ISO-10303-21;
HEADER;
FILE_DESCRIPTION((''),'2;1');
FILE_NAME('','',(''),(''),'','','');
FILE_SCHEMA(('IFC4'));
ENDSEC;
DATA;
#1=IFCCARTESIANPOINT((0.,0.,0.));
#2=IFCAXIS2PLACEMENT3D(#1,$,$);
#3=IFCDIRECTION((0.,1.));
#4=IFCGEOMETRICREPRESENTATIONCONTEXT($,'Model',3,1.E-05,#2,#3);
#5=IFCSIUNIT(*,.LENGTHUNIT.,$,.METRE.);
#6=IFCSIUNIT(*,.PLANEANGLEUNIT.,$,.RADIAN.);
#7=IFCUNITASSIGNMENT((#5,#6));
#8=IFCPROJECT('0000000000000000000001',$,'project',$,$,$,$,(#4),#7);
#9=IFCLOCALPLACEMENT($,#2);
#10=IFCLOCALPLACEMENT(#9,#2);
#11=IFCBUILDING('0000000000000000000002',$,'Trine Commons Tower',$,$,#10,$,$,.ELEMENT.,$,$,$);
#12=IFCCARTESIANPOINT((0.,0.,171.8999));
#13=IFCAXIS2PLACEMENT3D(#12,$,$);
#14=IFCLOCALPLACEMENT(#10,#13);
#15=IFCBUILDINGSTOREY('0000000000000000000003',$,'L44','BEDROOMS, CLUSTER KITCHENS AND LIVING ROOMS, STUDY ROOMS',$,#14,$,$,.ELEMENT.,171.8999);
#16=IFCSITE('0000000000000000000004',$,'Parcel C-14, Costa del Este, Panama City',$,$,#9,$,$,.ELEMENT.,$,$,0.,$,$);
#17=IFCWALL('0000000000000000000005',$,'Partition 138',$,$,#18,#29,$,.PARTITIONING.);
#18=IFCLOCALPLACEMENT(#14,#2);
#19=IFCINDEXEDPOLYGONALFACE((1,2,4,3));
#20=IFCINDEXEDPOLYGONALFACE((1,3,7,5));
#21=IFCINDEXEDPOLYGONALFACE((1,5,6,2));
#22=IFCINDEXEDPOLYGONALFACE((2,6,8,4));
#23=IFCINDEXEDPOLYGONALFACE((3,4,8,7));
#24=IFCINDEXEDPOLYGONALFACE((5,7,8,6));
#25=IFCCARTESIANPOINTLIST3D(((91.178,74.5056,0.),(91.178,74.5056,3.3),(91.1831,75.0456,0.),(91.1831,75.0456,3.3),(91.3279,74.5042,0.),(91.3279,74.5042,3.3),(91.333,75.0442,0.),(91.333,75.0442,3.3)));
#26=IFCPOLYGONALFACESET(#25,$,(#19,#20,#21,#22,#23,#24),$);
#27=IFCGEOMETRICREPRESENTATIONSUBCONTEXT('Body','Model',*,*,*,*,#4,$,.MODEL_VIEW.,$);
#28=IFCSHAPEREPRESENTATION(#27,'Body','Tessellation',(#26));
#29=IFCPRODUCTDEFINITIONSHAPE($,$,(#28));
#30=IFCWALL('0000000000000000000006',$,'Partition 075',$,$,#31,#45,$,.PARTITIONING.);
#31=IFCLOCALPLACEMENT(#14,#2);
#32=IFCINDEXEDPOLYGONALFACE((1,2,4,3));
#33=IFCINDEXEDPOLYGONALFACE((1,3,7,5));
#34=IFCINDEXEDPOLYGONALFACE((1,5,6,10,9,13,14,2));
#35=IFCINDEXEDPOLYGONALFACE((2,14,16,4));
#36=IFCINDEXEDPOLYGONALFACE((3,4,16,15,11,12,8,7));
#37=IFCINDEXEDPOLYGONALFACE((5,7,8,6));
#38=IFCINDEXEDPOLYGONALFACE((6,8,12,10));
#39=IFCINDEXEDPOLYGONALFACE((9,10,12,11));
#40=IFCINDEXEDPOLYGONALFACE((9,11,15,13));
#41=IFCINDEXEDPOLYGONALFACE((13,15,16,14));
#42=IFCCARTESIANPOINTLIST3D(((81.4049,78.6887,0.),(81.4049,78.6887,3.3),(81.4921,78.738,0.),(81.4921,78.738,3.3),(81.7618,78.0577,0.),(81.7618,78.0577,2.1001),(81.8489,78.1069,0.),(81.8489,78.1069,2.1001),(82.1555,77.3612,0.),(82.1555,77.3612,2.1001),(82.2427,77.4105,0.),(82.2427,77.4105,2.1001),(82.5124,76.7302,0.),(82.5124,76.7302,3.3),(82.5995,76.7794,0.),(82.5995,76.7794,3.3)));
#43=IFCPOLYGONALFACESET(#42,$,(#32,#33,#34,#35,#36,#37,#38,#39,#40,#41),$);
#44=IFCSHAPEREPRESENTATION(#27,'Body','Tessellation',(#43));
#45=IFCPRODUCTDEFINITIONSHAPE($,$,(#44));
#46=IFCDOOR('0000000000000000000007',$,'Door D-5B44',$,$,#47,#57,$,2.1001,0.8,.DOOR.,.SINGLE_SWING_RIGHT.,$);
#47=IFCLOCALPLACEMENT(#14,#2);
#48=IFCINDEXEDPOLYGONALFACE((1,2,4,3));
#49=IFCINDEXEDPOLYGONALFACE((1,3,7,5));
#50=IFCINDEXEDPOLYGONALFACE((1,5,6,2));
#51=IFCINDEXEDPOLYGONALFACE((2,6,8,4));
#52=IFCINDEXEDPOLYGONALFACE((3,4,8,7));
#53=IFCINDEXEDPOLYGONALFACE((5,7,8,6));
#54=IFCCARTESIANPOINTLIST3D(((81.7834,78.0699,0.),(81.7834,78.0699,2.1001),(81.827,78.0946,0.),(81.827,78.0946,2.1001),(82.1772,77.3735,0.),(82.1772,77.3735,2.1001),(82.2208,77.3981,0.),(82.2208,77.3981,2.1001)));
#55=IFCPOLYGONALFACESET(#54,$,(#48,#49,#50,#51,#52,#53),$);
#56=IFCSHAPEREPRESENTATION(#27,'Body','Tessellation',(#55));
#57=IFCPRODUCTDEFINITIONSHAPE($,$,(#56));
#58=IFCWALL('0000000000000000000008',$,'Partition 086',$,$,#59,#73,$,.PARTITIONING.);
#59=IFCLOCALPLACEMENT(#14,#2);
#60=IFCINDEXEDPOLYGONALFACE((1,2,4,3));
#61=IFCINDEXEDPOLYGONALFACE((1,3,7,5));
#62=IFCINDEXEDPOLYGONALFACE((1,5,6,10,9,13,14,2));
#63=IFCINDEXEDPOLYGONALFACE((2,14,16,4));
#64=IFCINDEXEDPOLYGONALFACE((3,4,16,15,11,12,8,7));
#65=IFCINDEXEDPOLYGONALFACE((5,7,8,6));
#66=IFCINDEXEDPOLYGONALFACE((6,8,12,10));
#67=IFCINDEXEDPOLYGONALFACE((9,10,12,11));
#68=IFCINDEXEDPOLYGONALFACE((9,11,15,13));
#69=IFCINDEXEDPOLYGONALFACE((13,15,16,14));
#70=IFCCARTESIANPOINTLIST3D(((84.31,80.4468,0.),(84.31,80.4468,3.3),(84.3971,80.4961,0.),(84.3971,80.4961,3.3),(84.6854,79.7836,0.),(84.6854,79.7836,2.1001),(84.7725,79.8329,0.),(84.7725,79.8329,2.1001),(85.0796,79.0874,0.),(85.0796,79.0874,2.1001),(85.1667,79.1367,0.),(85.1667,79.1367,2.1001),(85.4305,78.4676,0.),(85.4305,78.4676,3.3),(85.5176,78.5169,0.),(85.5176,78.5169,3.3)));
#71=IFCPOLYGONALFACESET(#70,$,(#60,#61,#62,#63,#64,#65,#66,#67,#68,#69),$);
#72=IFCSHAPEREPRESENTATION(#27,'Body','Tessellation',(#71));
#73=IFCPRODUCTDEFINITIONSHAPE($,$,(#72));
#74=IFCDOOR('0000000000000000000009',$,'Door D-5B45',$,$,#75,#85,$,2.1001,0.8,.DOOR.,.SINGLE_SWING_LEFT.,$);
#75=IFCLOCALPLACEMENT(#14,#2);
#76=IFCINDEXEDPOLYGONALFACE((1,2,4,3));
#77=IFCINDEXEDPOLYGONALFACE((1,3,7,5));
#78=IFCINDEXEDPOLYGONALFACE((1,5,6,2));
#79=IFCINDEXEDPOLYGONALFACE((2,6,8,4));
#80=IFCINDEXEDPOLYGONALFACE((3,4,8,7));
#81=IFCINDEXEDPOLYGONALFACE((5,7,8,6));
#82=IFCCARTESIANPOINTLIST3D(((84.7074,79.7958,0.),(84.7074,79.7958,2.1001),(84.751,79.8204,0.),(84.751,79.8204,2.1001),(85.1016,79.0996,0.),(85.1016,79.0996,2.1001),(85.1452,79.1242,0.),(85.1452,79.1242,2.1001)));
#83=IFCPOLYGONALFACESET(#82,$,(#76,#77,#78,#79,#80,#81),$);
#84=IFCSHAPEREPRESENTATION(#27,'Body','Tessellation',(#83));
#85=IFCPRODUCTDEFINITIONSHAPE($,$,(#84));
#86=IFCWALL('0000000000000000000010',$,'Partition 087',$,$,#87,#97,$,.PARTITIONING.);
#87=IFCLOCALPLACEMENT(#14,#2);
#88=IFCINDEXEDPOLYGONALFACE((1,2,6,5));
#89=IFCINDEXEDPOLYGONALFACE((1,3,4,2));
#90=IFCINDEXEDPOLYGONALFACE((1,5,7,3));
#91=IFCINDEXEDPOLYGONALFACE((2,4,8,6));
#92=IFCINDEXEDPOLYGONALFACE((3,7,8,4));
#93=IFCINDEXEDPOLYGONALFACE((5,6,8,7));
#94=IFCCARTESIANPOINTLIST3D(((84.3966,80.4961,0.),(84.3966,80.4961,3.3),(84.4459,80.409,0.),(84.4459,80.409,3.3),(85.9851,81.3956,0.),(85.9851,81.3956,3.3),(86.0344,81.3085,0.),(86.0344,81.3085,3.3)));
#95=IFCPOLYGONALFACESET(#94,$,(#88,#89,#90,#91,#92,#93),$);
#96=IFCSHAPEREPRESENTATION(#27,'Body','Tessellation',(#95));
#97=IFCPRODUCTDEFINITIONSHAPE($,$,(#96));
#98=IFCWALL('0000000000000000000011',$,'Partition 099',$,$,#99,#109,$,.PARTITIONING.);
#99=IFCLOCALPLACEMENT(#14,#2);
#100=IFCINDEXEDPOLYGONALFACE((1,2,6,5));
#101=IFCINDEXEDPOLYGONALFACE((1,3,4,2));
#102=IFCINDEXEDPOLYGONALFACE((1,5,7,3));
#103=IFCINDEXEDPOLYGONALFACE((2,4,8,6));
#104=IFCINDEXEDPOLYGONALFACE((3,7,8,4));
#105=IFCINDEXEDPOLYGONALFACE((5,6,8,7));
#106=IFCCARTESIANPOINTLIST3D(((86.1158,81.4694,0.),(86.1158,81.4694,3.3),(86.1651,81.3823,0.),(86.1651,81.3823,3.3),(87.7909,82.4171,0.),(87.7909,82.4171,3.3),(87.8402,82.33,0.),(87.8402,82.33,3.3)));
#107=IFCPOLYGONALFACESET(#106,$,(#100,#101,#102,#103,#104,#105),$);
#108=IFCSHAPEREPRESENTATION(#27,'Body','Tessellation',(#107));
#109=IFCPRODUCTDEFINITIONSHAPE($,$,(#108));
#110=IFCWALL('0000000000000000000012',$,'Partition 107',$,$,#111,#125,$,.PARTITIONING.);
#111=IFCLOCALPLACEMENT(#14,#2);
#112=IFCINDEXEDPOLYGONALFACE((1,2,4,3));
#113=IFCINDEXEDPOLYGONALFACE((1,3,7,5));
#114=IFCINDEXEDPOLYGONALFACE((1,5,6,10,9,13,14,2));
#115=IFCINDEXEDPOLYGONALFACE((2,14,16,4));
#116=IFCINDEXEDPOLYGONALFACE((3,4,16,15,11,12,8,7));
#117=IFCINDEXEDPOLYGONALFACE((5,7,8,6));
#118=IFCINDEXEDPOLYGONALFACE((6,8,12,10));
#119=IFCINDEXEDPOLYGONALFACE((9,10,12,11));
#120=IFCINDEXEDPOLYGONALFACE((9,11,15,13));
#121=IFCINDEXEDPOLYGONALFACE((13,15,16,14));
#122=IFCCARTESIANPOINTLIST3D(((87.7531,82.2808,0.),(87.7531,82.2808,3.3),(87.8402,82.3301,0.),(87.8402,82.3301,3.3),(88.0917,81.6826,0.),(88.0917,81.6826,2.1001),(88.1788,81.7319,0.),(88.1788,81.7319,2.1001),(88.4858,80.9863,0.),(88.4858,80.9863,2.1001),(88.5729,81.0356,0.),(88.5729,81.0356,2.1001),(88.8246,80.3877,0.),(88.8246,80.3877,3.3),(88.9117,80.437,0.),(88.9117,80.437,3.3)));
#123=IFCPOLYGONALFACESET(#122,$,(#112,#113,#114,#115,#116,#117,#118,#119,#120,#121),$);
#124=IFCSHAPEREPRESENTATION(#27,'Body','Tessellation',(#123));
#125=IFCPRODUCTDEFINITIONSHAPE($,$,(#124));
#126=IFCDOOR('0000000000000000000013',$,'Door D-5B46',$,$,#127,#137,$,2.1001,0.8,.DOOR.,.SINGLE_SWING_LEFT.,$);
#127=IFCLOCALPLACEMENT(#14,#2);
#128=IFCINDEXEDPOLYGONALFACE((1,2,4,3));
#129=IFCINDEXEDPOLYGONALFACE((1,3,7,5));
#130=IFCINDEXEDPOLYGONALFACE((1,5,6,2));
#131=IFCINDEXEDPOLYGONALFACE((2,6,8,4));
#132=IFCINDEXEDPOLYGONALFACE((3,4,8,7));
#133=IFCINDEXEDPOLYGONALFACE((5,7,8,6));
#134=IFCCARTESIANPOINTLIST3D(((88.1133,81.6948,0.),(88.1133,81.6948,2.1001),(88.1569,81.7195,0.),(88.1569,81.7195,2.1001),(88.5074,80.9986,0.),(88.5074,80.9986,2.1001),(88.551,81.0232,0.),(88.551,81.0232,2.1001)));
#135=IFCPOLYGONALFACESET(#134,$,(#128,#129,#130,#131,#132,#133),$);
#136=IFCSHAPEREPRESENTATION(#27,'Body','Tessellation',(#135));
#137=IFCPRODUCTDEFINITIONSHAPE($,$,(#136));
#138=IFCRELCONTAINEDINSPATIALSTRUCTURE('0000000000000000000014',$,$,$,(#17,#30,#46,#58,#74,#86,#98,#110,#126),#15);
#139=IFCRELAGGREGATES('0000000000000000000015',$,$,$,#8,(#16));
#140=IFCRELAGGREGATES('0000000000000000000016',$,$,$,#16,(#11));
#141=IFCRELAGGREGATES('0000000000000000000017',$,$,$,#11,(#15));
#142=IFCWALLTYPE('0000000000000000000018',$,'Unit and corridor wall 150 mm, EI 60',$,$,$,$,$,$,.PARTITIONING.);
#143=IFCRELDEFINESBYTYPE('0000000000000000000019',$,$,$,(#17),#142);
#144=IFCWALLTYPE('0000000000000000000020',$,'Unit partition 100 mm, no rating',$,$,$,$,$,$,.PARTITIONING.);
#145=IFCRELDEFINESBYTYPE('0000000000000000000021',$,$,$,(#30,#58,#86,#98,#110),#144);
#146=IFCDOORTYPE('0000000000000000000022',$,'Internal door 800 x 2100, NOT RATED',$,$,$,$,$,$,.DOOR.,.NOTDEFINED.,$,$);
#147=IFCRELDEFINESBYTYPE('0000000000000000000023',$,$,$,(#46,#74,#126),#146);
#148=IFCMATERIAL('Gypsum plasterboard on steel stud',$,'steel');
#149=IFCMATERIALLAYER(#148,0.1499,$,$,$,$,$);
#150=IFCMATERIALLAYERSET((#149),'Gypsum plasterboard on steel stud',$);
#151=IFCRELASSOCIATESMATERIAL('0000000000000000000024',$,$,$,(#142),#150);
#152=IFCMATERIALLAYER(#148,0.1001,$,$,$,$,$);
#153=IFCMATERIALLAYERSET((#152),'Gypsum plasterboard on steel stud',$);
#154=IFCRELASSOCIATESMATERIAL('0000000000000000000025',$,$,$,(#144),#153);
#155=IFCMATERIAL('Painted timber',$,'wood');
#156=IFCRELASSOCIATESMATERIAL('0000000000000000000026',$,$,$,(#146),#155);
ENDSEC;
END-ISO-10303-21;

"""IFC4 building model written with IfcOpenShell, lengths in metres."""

from ifc_helpers import new_model, si_unit, direction, frame, frame_2d, origin, place, context, subcontext, project, spatial, rectangle, extrude, material, layer, layer_set, type_object, element, fill, save


model = new_model("IFC4")

# Units and contexts
model_context = context("Model", 3, precision=1e-05, world=origin(), true_north=direction((0.0, 1.0)))
body_context = subcontext(model_context, "Body", "Model", "MODEL_VIEW")
ifc_project = project(units=[si_unit("LENGTHUNIT", "METRE"), si_unit("PLANEANGLEUNIT", "RADIAN")], contexts=[model_context])

# Site, building, storey
site_placement = place(None, origin())
site = spatial("IfcSite", under=ifc_project, at=site_placement, Name="Parcel C-14, Costa del Este, Panama City", CompositionType="ELEMENT", RefElevation=0.0)
building_placement = place(site_placement, origin())
building = spatial("IfcBuilding", under=site, at=building_placement, Name="Trine Commons Tower", CompositionType="ELEMENT")
storey_placement = place(building_placement, frame((0.0, 0.0, 171.8999)))
storey = spatial("IfcBuildingStorey", under=building, at=storey_placement, Name="L44", Description="BEDROOMS, CLUSTER KITCHENS AND LIVING ROOMS, STUDY ROOMS", CompositionType="ELEMENT", Elevation=171.8999)

# Shared definitions
ifc_material_1 = material(Name="Gypsum plasterboard on steel stud", Category="steel")
ifc_layer_1 = layer(ifc_material_1, 0.1499)
ifc_layer_set_1 = layer_set([ifc_layer_1], Name="Gypsum plasterboard on steel stud")
wall_type_1 = type_object("IfcWallType", Name="Unit and corridor wall 150 mm, EI 60", PredefinedType="PARTITIONING", material=ifc_layer_set_1)

# Wall
wall_1_placement = place(storey_placement, frame((91.2529, 74.5049, 0.0), z_axis=(0.0, 0.0, 1.0), x_axis=(0.009493, 0.999955, 0.0)))
element("IfcWall", 1, at=wall_1_placement, inside=storey, type_object=wall_type_1, Name="Partition 138", PredefinedType="PARTITIONING", context=body_context, shape_type="SweptSolid", body=[
    extrude(rectangle(XDim=0.54, YDim=0.1499, at=frame_2d((0.27, 0.0))), origin(), (0.0, 0.0, 1.0), 3.3),
])

# Walls, openings, doors
ifc_layer_2 = layer(ifc_material_1, 0.1001)
ifc_layer_set_2 = layer_set([ifc_layer_2], Name="Gypsum plasterboard on steel stud")
wall_type_2 = type_object("IfcWallType", Name="Unit partition 100 mm, no rating", PredefinedType="PARTITIONING", material=ifc_layer_set_2)
wall_2_placement = place(storey_placement, frame((81.4485, 78.7134, 0.0), z_axis=(0.0, 0.0, 1.0), x_axis=(0.492207, -0.870478, 0.0)))
wall_2 = element("IfcWall", 2, at=wall_2_placement, inside=storey, type_object=wall_type_2, Name="Partition 075", PredefinedType="PARTITIONING", context=body_context, shape_type="SweptSolid", body=[
    extrude(rectangle(XDim=2.25, YDim=0.1001, at=frame_2d((1.125, 0.0))), origin(), (0.0, 0.0, 1.0), 3.3),
])
opening_1_placement = place(wall_2_placement, frame((0.7251, 0.0, 0.0)))
opening_1 = element("IfcOpeningElement", 3, at=opening_1_placement, cuts=wall_2, PredefinedType="OPENING", context=body_context, shape_type="SweptSolid", body=[
    extrude(rectangle(XDim=0.8, YDim=2.1001, at=frame_2d((0.3999, 1.05))), frame((0.0, 0.0601, 0.0), z_axis=(0.0, -1.0, 0.0), x_axis=(1.0, 0.0, 0.0)), (0.0, 0.0, 1.0), 0.1201),
])
ifc_material_2 = material(Name="Painted timber", Category="wood")
door_type_1 = type_object("IfcDoorType", Name="Internal door 800 x 2100, NOT RATED", OperationType="NOTDEFINED", PredefinedType="DOOR", material=ifc_material_2)
door_1_placement = place(opening_1_placement, origin())
door_1 = element("IfcDoor", 4, at=door_1_placement, inside=storey, type_object=door_type_1, Name="Door D-5B44", OperationType="SINGLE_SWING_RIGHT", OverallHeight=2.1001, OverallWidth=0.8, PredefinedType="DOOR", context=body_context, shape_type="SweptSolid", body=[
    extrude(rectangle(XDim=0.8, YDim=2.1001, at=frame_2d((0.3999, 1.05))), frame((0.0, 0.0249, 0.0), z_axis=(0.0, -1.0, 0.0), x_axis=(1.0, 0.0, 0.0)), (0.0, 0.0, 1.0), 0.05),
])
fill(opening_1, door_1)
wall_3_placement = place(storey_placement, frame((84.3535, 80.4714, 0.0), z_axis=(0.0, 0.0, 1.0), x_axis=(0.49269, -0.870205, 0.0)))
wall_3 = element("IfcWall", 5, at=wall_3_placement, inside=storey, type_object=wall_type_2, Name="Partition 086", PredefinedType="PARTITIONING", context=body_context, shape_type="SweptSolid", body=[
    extrude(rectangle(XDim=2.2744, YDim=0.1001, at=frame_2d((1.1372, 0.0))), origin(), (0.0, 0.0, 1.0), 3.3),
])
opening_2_placement = place(wall_3_placement, frame((0.7622, 0.0, 0.0)))
opening_2 = element("IfcOpeningElement", 6, at=opening_2_placement, cuts=wall_3, PredefinedType="OPENING", context=body_context, shape_type="SweptSolid", body=[
    extrude(rectangle(XDim=0.8, YDim=2.1001, at=frame_2d((0.3999, 1.05))), frame((0.0, 0.0601, 0.0), z_axis=(0.0, -1.0, 0.0), x_axis=(1.0, 0.0, 0.0)), (0.0, 0.0, 1.0), 0.1201),
])
door_2_placement = place(opening_2_placement, frame((0.8, 0.0, 0.0), z_axis=(0.0, 0.0, 1.0), x_axis=(-1.0, 0.0, 0.0)))
door_2 = element("IfcDoor", 7, at=door_2_placement, inside=storey, type_object=door_type_1, Name="Door D-5B45", OperationType="SINGLE_SWING_LEFT", OverallHeight=2.1001, OverallWidth=0.8, PredefinedType="DOOR", context=body_context, shape_type="SweptSolid", body=[
    extrude(rectangle(XDim=0.8, YDim=2.1001, at=frame_2d((0.3999, 1.05))), frame((0.0, 0.0249, 0.0), z_axis=(0.0, -1.0, 0.0), x_axis=(1.0, 0.0, 0.0)), (0.0, 0.0, 1.0), 0.05),
])
fill(opening_2, door_2)

# Walls
wall_4_placement = place(storey_placement, frame((84.4214, 80.4526, 0.0), z_axis=(0.0, 0.0, 1.0), x_axis=(0.870179, 0.492736, 0.0)))
element("IfcWall", 8, at=wall_4_placement, inside=storey, type_object=wall_type_2, Name="Partition 087", PredefinedType="PARTITIONING", context=body_context, shape_type="SweptSolid", body=[
    extrude(rectangle(XDim=1.8254, YDim=0.1001, at=frame_2d((0.9126, 0.0))), origin(), (0.0, 0.0, 1.0), 3.3),
])
wall_5_placement = place(storey_placement, frame((86.1404, 81.4258, 0.0), z_axis=(0.0, 0.0, 1.0), x_axis=(0.870343, 0.492446, 0.0)))
element("IfcWall", 9, at=wall_5_placement, inside=storey, type_object=wall_type_2, Name="Partition 099", PredefinedType="PARTITIONING", context=body_context, shape_type="SweptSolid", body=[
    extrude(rectangle(XDim=1.9246, YDim=0.1001, at=frame_2d((0.9624, 0.0))), origin(), (0.0, 0.0, 1.0), 3.3),
])

# Wall, opening, door
wall_6_placement = place(storey_placement, frame((87.7966, 82.3054, 0.0), z_axis=(0.0, 0.0, 1.0), x_axis=(0.492593, -0.87026, 0.0)))
wall_6 = element("IfcWall", 10, at=wall_6_placement, inside=storey, type_object=wall_type_2, Name="Partition 107", PredefinedType="PARTITIONING", context=body_context, shape_type="SweptSolid", body=[
    extrude(rectangle(XDim=2.1753, YDim=0.1001, at=frame_2d((1.0876, 0.0))), origin(), (0.0, 0.0, 1.0), 3.3),
])
opening_3_placement = place(wall_6_placement, frame((0.6875, 0.0, 0.0)))
opening_3 = element("IfcOpeningElement", 11, at=opening_3_placement, cuts=wall_6, PredefinedType="OPENING", context=body_context, shape_type="SweptSolid", body=[
    extrude(rectangle(XDim=0.8, YDim=2.1001, at=frame_2d((0.3999, 1.05))), frame((0.0, 0.0601, 0.0), z_axis=(0.0, -1.0, 0.0), x_axis=(1.0, 0.0, 0.0)), (0.0, 0.0, 1.0), 0.1201),
])
door_3_placement = place(opening_3_placement, origin())
door_3 = element("IfcDoor", 12, at=door_3_placement, inside=storey, type_object=door_type_1, Name="Door D-5B46", OperationType="SINGLE_SWING_LEFT", OverallHeight=2.1001, OverallWidth=0.8, PredefinedType="DOOR", context=body_context, shape_type="SweptSolid", body=[
    extrude(rectangle(XDim=0.8, YDim=2.1001, at=frame_2d((0.3999, 1.05))), frame((0.0, 0.0249, 0.0), z_axis=(0.0, -1.0, 0.0), x_axis=(1.0, 0.0, 0.0)), (0.0, 0.0, 1.0), 0.05),
])
fill(opening_3, door_3)

save(model, "model.ifc")
